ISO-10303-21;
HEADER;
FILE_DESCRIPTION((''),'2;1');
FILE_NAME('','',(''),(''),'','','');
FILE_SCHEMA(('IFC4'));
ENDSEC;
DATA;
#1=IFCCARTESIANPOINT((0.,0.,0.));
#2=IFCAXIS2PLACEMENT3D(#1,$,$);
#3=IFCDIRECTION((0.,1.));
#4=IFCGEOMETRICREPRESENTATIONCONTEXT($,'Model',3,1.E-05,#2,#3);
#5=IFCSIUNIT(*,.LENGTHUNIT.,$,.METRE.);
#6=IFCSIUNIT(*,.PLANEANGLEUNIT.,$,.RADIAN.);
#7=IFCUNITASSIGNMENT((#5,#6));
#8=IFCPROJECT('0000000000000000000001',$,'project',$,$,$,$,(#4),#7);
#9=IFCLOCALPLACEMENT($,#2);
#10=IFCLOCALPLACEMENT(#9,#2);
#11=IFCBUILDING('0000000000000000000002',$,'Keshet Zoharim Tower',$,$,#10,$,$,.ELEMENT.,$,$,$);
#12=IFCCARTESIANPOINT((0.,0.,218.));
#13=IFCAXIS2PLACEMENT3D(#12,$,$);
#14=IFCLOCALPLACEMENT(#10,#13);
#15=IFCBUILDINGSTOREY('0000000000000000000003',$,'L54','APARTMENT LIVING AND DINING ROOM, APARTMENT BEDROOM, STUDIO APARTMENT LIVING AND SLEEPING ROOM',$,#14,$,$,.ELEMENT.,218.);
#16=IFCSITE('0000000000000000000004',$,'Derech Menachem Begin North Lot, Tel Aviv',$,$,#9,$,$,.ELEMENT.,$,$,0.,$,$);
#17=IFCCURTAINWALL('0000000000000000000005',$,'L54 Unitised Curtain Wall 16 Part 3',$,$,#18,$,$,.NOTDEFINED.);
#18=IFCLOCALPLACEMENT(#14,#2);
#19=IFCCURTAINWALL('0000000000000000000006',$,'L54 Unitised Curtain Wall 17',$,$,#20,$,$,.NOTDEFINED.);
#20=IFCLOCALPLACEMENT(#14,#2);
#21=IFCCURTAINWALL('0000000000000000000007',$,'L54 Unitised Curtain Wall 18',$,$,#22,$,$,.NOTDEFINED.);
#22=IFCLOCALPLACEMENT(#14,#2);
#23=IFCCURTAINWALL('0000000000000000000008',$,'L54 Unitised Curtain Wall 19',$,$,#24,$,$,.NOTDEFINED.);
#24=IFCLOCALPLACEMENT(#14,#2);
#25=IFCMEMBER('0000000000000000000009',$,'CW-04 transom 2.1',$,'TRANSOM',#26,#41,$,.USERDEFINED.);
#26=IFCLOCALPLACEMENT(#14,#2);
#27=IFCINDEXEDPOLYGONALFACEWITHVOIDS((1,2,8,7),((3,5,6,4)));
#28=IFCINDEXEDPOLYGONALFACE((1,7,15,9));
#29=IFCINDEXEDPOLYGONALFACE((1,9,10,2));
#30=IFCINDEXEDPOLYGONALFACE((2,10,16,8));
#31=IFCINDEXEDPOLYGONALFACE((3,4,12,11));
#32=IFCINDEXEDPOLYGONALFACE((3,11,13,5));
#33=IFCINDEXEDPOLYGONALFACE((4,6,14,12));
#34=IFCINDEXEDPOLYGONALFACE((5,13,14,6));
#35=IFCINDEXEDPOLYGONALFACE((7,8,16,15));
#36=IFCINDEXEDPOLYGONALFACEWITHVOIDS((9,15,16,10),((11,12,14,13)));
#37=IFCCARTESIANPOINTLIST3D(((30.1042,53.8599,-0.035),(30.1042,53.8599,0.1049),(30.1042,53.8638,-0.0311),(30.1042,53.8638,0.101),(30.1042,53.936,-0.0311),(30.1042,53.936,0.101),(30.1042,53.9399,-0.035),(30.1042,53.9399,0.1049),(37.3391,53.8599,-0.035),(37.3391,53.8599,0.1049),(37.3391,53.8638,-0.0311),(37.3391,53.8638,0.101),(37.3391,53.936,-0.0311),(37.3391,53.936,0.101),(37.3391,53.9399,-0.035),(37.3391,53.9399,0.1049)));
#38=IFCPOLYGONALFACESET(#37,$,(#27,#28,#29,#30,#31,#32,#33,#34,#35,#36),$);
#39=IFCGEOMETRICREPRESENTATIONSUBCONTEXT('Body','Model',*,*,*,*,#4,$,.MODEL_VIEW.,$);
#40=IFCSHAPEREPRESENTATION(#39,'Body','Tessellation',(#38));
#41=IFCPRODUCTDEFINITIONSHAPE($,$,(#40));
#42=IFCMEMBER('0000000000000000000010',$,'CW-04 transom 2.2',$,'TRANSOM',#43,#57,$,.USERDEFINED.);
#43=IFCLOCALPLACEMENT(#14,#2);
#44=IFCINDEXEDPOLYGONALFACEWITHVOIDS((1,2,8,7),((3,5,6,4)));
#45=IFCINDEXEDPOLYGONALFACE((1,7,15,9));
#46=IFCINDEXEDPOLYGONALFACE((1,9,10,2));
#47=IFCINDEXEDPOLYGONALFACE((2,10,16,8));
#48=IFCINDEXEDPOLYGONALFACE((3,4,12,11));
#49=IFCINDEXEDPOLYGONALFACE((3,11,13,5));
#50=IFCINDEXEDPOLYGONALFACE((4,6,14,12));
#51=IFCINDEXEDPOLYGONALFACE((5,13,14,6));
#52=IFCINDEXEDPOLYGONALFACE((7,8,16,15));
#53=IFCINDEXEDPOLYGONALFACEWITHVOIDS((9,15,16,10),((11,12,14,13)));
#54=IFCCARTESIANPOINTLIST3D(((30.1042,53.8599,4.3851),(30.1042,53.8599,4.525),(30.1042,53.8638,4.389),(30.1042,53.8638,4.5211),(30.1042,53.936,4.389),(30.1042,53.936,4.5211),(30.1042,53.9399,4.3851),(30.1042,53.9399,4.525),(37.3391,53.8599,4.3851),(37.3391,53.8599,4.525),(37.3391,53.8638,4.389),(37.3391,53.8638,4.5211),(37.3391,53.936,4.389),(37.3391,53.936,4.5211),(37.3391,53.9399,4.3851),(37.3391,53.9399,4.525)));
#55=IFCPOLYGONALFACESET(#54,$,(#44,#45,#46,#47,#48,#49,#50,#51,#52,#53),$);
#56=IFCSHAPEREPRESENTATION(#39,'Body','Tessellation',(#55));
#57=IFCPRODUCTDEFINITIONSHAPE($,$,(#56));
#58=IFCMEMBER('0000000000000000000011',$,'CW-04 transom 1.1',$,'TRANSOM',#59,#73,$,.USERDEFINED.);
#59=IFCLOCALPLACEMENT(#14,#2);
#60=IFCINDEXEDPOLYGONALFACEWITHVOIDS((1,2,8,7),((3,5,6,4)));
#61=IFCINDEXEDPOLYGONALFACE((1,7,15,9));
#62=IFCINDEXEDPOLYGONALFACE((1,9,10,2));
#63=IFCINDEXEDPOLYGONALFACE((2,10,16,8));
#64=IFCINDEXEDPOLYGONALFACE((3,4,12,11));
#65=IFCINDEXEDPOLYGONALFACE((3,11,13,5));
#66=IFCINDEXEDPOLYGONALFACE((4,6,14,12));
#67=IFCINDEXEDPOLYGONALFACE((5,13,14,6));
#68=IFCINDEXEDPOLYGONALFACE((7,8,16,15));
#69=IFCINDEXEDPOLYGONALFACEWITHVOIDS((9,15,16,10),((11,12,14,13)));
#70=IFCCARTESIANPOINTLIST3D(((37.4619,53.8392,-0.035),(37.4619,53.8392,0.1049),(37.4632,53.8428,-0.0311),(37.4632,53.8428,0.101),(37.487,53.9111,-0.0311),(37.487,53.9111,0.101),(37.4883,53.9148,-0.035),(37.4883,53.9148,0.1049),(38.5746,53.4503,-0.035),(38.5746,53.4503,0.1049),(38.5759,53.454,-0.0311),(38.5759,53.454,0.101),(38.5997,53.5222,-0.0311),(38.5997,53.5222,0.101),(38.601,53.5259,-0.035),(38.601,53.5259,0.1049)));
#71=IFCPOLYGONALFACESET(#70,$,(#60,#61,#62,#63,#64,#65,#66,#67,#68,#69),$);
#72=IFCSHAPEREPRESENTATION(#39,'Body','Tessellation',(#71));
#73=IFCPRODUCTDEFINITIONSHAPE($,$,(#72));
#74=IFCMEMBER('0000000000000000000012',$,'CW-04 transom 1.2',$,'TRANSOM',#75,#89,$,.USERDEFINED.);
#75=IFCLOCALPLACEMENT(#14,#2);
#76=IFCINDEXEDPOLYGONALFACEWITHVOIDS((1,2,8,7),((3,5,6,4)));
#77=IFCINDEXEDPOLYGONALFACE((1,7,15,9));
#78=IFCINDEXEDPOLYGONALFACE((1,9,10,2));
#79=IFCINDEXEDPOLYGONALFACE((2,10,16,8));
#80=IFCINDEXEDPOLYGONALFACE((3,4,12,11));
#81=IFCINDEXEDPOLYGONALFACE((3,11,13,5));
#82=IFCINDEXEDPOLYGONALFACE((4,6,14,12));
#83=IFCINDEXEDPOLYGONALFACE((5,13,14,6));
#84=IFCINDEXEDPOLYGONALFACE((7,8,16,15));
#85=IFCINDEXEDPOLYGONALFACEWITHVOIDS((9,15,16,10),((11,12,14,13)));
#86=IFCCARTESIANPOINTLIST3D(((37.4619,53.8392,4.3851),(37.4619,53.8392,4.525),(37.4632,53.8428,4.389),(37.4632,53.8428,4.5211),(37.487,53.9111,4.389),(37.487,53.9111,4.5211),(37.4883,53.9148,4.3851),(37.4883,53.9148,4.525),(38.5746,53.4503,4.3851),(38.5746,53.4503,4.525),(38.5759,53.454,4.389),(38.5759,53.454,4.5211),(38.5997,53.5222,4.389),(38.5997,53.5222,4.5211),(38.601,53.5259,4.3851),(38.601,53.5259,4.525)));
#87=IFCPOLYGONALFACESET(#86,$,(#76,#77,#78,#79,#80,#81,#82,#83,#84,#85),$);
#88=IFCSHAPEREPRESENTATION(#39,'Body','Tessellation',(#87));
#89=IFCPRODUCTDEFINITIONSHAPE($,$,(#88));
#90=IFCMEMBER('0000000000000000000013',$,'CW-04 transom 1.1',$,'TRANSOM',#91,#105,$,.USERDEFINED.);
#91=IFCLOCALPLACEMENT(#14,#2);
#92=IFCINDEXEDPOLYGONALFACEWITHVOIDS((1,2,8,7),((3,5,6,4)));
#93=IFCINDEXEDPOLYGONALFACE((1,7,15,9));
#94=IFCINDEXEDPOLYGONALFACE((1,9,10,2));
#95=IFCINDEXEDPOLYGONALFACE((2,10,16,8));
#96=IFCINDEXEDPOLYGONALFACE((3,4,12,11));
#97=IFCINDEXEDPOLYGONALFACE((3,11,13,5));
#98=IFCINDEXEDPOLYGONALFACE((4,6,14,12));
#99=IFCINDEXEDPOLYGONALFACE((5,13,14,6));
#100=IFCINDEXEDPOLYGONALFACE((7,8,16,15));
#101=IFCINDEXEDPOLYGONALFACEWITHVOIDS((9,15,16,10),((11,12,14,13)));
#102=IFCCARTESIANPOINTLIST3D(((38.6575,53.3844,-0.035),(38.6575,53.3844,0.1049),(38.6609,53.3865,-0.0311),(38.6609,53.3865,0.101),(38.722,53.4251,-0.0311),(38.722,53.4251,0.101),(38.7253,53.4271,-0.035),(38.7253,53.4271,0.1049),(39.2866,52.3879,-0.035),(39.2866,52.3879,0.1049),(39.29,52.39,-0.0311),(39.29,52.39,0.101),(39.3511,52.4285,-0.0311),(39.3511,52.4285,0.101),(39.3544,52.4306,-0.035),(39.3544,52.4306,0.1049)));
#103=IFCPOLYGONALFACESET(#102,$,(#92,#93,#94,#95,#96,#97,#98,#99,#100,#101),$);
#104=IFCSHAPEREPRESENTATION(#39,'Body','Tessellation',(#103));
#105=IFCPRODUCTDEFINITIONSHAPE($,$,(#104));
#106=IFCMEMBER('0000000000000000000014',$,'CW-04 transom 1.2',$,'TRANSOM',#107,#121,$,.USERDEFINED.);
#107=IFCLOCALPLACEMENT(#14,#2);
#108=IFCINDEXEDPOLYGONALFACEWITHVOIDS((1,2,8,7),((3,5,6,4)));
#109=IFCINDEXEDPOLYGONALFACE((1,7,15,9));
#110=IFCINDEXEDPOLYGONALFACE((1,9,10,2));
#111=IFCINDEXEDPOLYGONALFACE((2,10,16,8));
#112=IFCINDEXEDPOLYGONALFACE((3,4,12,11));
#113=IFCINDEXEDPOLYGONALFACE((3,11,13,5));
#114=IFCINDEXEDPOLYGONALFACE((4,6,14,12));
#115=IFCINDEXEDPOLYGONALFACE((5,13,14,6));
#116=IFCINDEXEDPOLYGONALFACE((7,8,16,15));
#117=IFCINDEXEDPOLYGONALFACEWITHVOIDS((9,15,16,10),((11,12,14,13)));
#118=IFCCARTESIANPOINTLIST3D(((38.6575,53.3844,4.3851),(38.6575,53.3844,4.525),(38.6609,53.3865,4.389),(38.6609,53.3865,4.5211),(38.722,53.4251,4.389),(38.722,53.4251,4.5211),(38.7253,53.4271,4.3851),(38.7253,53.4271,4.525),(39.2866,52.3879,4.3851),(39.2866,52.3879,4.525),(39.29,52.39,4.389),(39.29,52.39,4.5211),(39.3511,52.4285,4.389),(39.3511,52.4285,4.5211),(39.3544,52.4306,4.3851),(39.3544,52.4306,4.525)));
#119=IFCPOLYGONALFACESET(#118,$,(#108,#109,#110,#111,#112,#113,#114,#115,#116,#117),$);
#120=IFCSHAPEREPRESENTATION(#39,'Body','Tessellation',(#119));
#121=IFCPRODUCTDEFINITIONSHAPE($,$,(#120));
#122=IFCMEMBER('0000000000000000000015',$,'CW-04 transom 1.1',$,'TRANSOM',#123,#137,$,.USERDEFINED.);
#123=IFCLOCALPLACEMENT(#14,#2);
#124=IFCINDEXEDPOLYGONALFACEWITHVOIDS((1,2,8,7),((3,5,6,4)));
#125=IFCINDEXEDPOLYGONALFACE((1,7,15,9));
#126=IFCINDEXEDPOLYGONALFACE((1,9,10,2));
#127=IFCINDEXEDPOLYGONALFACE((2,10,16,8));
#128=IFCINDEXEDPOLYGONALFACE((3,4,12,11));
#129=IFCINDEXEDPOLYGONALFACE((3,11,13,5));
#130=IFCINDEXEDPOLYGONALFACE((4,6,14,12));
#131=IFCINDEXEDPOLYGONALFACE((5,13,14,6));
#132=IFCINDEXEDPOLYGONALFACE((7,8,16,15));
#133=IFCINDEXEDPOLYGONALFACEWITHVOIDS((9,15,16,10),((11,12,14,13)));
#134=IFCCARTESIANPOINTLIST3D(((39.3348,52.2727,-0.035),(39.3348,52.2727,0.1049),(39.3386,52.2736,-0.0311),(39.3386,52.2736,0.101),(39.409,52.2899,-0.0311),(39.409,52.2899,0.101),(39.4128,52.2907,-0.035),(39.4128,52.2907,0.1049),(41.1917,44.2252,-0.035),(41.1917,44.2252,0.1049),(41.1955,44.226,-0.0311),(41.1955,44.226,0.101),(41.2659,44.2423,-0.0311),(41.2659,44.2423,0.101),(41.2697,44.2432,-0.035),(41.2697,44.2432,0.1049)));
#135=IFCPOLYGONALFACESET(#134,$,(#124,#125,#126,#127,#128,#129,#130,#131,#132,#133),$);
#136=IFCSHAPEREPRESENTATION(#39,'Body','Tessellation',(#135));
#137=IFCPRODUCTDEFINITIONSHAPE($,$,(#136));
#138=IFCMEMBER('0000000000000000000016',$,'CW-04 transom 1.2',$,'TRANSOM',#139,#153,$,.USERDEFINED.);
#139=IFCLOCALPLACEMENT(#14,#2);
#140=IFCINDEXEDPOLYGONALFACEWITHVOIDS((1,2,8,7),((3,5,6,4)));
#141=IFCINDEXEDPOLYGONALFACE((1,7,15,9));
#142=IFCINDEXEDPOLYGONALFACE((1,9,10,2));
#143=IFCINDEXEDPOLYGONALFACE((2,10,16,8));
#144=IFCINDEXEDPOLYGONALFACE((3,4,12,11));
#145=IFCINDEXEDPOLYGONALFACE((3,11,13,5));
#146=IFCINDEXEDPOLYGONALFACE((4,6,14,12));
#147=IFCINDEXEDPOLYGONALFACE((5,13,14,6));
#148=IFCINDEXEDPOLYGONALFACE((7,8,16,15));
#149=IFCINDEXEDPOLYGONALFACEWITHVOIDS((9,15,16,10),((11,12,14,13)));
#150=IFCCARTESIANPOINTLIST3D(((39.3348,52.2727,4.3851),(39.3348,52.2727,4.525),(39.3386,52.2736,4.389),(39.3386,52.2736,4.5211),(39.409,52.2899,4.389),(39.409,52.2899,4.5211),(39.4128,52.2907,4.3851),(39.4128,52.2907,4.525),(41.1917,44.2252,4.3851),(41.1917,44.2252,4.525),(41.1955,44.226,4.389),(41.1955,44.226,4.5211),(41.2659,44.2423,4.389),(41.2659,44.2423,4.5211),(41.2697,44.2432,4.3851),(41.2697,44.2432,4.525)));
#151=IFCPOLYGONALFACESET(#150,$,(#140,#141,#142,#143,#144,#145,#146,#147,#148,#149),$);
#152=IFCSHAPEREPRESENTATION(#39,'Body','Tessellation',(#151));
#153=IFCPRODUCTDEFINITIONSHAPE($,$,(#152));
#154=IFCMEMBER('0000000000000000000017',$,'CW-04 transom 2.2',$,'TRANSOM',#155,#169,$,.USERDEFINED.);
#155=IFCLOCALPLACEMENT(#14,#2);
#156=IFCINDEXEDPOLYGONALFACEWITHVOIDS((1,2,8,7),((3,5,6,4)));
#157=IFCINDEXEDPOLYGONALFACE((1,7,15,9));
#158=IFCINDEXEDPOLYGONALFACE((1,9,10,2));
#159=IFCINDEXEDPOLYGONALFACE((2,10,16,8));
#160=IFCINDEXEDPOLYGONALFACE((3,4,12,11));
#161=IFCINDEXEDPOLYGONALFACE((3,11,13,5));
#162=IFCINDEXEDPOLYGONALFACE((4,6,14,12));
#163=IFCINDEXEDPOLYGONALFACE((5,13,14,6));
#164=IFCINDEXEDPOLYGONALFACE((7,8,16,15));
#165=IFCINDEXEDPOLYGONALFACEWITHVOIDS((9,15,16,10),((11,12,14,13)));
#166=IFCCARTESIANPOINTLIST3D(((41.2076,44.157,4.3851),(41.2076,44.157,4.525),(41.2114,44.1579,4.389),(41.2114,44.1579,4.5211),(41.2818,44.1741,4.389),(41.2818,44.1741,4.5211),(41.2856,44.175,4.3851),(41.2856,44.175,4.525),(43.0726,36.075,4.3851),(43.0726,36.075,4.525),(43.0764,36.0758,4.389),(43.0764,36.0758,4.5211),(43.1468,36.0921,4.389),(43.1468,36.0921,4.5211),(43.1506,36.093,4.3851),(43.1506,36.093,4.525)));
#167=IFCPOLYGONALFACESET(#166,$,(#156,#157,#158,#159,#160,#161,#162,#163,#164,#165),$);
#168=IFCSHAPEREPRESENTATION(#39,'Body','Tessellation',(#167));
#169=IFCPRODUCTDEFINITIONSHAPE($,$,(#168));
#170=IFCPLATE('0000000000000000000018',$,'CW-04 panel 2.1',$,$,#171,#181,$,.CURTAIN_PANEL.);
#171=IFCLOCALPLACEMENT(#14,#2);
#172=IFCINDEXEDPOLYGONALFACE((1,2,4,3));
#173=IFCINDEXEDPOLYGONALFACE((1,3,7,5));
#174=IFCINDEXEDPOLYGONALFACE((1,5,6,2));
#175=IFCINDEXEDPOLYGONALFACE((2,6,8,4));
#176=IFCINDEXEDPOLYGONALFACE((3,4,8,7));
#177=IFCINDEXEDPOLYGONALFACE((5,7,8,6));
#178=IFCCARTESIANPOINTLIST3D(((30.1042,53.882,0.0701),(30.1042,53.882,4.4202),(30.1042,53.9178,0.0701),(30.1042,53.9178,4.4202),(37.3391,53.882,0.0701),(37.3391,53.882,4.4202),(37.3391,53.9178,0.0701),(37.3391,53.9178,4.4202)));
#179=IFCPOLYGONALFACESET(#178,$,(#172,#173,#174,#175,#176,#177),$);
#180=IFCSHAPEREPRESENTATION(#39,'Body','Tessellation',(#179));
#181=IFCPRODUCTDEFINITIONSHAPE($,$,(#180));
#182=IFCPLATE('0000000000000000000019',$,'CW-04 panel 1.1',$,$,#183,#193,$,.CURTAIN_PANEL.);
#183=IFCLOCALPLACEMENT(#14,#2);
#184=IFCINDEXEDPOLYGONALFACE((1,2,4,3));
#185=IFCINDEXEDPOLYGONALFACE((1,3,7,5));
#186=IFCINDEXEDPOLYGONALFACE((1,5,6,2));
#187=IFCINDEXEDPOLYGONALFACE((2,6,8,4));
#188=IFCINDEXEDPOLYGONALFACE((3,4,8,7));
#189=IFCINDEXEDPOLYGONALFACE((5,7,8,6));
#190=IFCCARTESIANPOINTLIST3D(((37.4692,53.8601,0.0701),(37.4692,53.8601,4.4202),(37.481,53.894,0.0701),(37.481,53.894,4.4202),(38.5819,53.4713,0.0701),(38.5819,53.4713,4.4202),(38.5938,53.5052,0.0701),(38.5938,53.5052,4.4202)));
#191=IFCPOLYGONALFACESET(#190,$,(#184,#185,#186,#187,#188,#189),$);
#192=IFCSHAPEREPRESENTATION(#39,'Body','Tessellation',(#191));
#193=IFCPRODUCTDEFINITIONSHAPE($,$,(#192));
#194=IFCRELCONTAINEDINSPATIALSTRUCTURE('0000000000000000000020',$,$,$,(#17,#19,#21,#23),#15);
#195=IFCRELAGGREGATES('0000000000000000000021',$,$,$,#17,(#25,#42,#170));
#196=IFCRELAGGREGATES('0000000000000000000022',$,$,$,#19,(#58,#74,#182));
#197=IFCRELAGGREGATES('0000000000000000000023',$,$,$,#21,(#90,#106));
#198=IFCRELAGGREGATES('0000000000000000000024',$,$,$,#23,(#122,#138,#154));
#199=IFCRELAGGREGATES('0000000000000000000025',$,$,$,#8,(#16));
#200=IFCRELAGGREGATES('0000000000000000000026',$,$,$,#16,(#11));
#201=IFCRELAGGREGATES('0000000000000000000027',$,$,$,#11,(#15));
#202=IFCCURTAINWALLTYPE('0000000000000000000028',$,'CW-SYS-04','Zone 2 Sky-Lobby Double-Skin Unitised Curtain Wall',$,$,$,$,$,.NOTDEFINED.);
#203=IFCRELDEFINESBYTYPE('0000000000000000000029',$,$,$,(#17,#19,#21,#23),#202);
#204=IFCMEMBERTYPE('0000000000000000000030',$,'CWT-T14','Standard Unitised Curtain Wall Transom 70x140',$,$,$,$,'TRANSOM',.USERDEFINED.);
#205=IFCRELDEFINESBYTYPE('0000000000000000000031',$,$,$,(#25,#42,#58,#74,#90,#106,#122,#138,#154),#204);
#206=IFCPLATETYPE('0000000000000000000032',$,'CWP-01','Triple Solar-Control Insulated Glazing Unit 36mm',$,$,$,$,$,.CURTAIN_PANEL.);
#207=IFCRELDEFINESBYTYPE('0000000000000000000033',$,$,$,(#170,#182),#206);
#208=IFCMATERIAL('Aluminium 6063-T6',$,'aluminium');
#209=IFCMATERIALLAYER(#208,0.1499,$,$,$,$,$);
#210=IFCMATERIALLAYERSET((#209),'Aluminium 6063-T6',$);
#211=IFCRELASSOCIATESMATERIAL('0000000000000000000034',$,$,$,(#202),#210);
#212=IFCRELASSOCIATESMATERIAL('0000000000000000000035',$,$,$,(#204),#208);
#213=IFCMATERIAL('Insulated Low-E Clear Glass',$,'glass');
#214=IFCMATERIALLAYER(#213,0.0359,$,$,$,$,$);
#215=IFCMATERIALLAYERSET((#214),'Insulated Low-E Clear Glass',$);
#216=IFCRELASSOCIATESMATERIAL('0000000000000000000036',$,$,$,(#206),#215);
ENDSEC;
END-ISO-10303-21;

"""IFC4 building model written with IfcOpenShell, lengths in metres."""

from ifc_helpers import new_model, si_unit, direction, frame, origin, origin_2d, place, context, subcontext, project, spatial, rectangle, hollow_rectangle, extrude, material, layer, layer_set, material_profile, profile_set, type_object, element, aggregate, save


model = new_model("IFC4")

# Units and contexts
model_context = context("Model", 3, precision=1e-05, world=origin(), true_north=direction((0.0, 1.0)))
body_context = subcontext(model_context, "Body", "Model", "MODEL_VIEW")
ifc_project = project(units=[si_unit("LENGTHUNIT", "METRE"), si_unit("PLANEANGLEUNIT", "RADIAN")], contexts=[model_context])

# Site, building, storey
site_placement = place(None, origin())
site = spatial("IfcSite", under=ifc_project, at=site_placement, Name="Derech Menachem Begin North Lot, Tel Aviv", CompositionType="ELEMENT", RefElevation=0.0)
building_placement = place(site_placement, origin())
building = spatial("IfcBuilding", under=site, at=building_placement, Name="Keshet Zoharim Tower", CompositionType="ELEMENT")
storey_placement = place(building_placement, frame((0.0, 0.0, 218.0)))
storey = spatial("IfcBuildingStorey", under=building, at=storey_placement, Name="L54", Description="APARTMENT LIVING AND DINING ROOM, APARTMENT BEDROOM, STUDIO APARTMENT LIVING AND SLEEPING ROOM", CompositionType="ELEMENT", Elevation=218.0)

# Curtain walls
ifc_material_1 = material(Name="Aluminium 6063-T6", Category="aluminium")
ifc_layer_1 = layer(ifc_material_1, 0.1499)
ifc_layer_set_1 = layer_set([ifc_layer_1], Name="Aluminium 6063-T6")
curtain_wall_type = type_object("IfcCurtainWallType", Name="CW-SYS-04", Description="Zone 2 Sky-Lobby Double-Skin Unitised Curtain Wall", PredefinedType="NOTDEFINED", material=ifc_layer_set_1)
curtain_wall_1_placement = place(storey_placement, origin())
curtain_wall_1 = element("IfcCurtainWall", 1, at=curtain_wall_1_placement, inside=storey, type_object=curtain_wall_type, Name="L54 Unitised Curtain Wall 16 Part 3", PredefinedType="NOTDEFINED")
curtain_wall_2_placement = place(storey_placement, origin())
curtain_wall_2 = element("IfcCurtainWall", 2, at=curtain_wall_2_placement, inside=storey, type_object=curtain_wall_type, Name="L54 Unitised Curtain Wall 17", PredefinedType="NOTDEFINED")
curtain_wall_3_placement = place(storey_placement, origin())
curtain_wall_3 = element("IfcCurtainWall", 3, at=curtain_wall_3_placement, inside=storey, type_object=curtain_wall_type, Name="L54 Unitised Curtain Wall 18", PredefinedType="NOTDEFINED")
curtain_wall_4_placement = place(storey_placement, origin())
curtain_wall_4 = element("IfcCurtainWall", 4, at=curtain_wall_4_placement, inside=storey, type_object=curtain_wall_type, Name="L54 Unitised Curtain Wall 19", PredefinedType="NOTDEFINED")

# Members
ifc_material_profile_1 = material_profile(ifc_material_1, hollow_rectangle(XDim=0.0801, YDim=0.1399, WallThickness=0.0039, at=origin_2d()), Name="TRN-80x140")
ifc_profile_set_1 = profile_set([ifc_material_profile_1], Name="Aluminium 6063-T6")
member_type_1 = type_object("IfcMemberType", Name="CWT-T14", Description="Standard Unitised Curtain Wall Transom 70x140", ElementType="TRANSOM", PredefinedType="USERDEFINED", material=ifc_profile_set_1)
member_1_placement = place(storey_placement, frame((30.1042, 53.8999, 0.0349), z_axis=(1.0, 0.0, 0.0), x_axis=(0.0, 1.0, 0.0)))
member_1 = element("IfcMember", 5, at=member_1_placement, type_object=member_type_1, Name="CW-04 transom 2.1", ObjectType="TRANSOM", PredefinedType="USERDEFINED", context=body_context, shape_type="SweptSolid", body=[
    extrude(hollow_rectangle(XDim=0.0801, YDim=0.1399, WallThickness=0.0039, at=origin_2d()), origin(), (0.0, 0.0, 1.0), 7.2349),
])
member_2_placement = place(storey_placement, frame((30.1042, 53.8999, 4.4551), z_axis=(1.0, 0.0, 0.0), x_axis=(0.0, 1.0, 0.0)))
member_2 = element("IfcMember", 6, at=member_2_placement, type_object=member_type_1, Name="CW-04 transom 2.2", ObjectType="TRANSOM", PredefinedType="USERDEFINED", context=body_context, shape_type="SweptSolid", body=[
    extrude(hollow_rectangle(XDim=0.0801, YDim=0.1399, WallThickness=0.0039, at=origin_2d()), origin(), (0.0, 0.0, 1.0), 7.2349),
])
member_3_placement = place(storey_placement, frame((37.4751, 53.877, 0.0349), z_axis=(0.944007, -0.329926, 0.0), x_axis=(0.329926, 0.944007, 0.0)))
member_3 = element("IfcMember", 7, at=member_3_placement, type_object=member_type_1, Name="CW-04 transom 1.1", ObjectType="TRANSOM", PredefinedType="USERDEFINED", context=body_context, shape_type="SweptSolid", body=[
    extrude(hollow_rectangle(XDim=0.0801, YDim=0.1399, WallThickness=0.0039, at=origin_2d()), origin(), (0.0, 0.0, 1.0), 1.1787),
])
member_4_placement = place(storey_placement, frame((37.4751, 53.877, 4.4551), z_axis=(0.944007, -0.329926, 0.0), x_axis=(0.329926, 0.944007, 0.0)))
member_4 = element("IfcMember", 8, at=member_4_placement, type_object=member_type_1, Name="CW-04 transom 1.2", ObjectType="TRANSOM", PredefinedType="USERDEFINED", context=body_context, shape_type="SweptSolid", body=[
    extrude(hollow_rectangle(XDim=0.0801, YDim=0.1399, WallThickness=0.0039, at=origin_2d()), origin(), (0.0, 0.0, 1.0), 1.1787),
])
member_5_placement = place(storey_placement, frame((38.6914, 53.4058, 0.0349), z_axis=(0.533829, -0.845592, 0.0), x_axis=(0.845592, 0.533829, 0.0)))
member_5 = element("IfcMember", 9, at=member_5_placement, type_object=member_type_1, Name="CW-04 transom 1.1", ObjectType="TRANSOM", PredefinedType="USERDEFINED", context=body_context, shape_type="SweptSolid", body=[
    extrude(hollow_rectangle(XDim=0.0801, YDim=0.1399, WallThickness=0.0039, at=origin_2d()), origin(), (0.0, 0.0, 1.0), 1.1785),
])
member_6_placement = place(storey_placement, frame((38.6914, 53.4058, 4.4551), z_axis=(0.533829, -0.845592, 0.0), x_axis=(0.845592, 0.533829, 0.0)))
member_6 = element("IfcMember", 10, at=member_6_placement, type_object=member_type_1, Name="CW-04 transom 1.2", ObjectType="TRANSOM", PredefinedType="USERDEFINED", context=body_context, shape_type="SweptSolid", body=[
    extrude(hollow_rectangle(XDim=0.0801, YDim=0.1399, WallThickness=0.0039, at=origin_2d()), origin(), (0.0, 0.0, 1.0), 1.1785),
])
member_7_placement = place(storey_placement, frame((39.3738, 52.2817, 0.0349), z_axis=(0.224836, -0.974397, 0.0), x_axis=(0.974397, 0.224836, 0.0)))
member_7 = element("IfcMember", 11, at=member_7_placement, type_object=member_type_1, Name="CW-04 transom 1.1", ObjectType="TRANSOM", PredefinedType="USERDEFINED", context=body_context, shape_type="SweptSolid", body=[
    extrude(hollow_rectangle(XDim=0.0801, YDim=0.1399, WallThickness=0.0039, at=origin_2d()), origin(), (0.0, 0.0, 1.0), 8.259),
])
member_8_placement = place(storey_placement, frame((39.3738, 52.2817, 4.4551), z_axis=(0.224836, -0.974397, 0.0), x_axis=(0.974397, 0.224836, 0.0)))
member_8 = element("IfcMember", 12, at=member_8_placement, type_object=member_type_1, Name="CW-04 transom 1.2", ObjectType="TRANSOM", PredefinedType="USERDEFINED", context=body_context, shape_type="SweptSolid", body=[
    extrude(hollow_rectangle(XDim=0.0801, YDim=0.1399, WallThickness=0.0039, at=origin_2d()), origin(), (0.0, 0.0, 1.0), 8.259),
])
member_9_placement = place(storey_placement, frame((41.2466, 44.166, 4.4551), z_axis=(0.224849, -0.974394, 0.0), x_axis=(0.974394, 0.224849, 0.0)))
member_9 = element("IfcMember", 13, at=member_9_placement, type_object=member_type_1, Name="CW-04 transom 2.2", ObjectType="TRANSOM", PredefinedType="USERDEFINED", context=body_context, shape_type="SweptSolid", body=[
    extrude(hollow_rectangle(XDim=0.0801, YDim=0.1399, WallThickness=0.0039, at=origin_2d()), origin(), (0.0, 0.0, 1.0), 8.2944),
])

# Plates
ifc_material_2 = material(Name="Insulated Low-E Clear Glass", Category="glass")
ifc_layer_2 = layer(ifc_material_2, 0.0359)
ifc_layer_set_2 = layer_set([ifc_layer_2], Name="Insulated Low-E Clear Glass")
plate_type = type_object("IfcPlateType", Name="CWP-01", Description="Triple Solar-Control Insulated Glazing Unit 36mm", PredefinedType="CURTAIN_PANEL", material=ifc_layer_set_2)
plate_1_placement = place(storey_placement, frame((33.7217, 53.8999, 0.0701), z_axis=(0.0, 0.0, 1.0), x_axis=(1.0, 0.0, 0.0)))
plate_1 = element("IfcPlate", 14, at=plate_1_placement, type_object=plate_type, Name="CW-04 panel 2.1", PredefinedType="CURTAIN_PANEL", context=body_context, shape_type="SweptSolid", body=[
    extrude(rectangle(XDim=7.2349, YDim=0.0359, at=origin_2d()), origin(), (0.0, 0.0, 1.0), 4.3501),
])
aggregate(curtain_wall_1, [member_1, member_2, plate_1])
plate_2_placement = place(storey_placement, frame((38.0315, 53.6826, 0.0701), z_axis=(0.0, 0.0, 1.0), x_axis=(0.944036, -0.329844, 0.0)))
plate_2 = element("IfcPlate", 15, at=plate_2_placement, type_object=plate_type, Name="CW-04 panel 1.1", PredefinedType="CURTAIN_PANEL", context=body_context, shape_type="SweptSolid", body=[
    extrude(rectangle(XDim=1.1787, YDim=0.0359, at=origin_2d()), origin(), (0.0, 0.0, 1.0), 4.3501),
])
aggregate(curtain_wall_2, [member_3, member_4, plate_2])
aggregate(curtain_wall_3, [member_5, member_6])
aggregate(curtain_wall_4, [member_7, member_8, member_9])

save(model, "model.ifc")
